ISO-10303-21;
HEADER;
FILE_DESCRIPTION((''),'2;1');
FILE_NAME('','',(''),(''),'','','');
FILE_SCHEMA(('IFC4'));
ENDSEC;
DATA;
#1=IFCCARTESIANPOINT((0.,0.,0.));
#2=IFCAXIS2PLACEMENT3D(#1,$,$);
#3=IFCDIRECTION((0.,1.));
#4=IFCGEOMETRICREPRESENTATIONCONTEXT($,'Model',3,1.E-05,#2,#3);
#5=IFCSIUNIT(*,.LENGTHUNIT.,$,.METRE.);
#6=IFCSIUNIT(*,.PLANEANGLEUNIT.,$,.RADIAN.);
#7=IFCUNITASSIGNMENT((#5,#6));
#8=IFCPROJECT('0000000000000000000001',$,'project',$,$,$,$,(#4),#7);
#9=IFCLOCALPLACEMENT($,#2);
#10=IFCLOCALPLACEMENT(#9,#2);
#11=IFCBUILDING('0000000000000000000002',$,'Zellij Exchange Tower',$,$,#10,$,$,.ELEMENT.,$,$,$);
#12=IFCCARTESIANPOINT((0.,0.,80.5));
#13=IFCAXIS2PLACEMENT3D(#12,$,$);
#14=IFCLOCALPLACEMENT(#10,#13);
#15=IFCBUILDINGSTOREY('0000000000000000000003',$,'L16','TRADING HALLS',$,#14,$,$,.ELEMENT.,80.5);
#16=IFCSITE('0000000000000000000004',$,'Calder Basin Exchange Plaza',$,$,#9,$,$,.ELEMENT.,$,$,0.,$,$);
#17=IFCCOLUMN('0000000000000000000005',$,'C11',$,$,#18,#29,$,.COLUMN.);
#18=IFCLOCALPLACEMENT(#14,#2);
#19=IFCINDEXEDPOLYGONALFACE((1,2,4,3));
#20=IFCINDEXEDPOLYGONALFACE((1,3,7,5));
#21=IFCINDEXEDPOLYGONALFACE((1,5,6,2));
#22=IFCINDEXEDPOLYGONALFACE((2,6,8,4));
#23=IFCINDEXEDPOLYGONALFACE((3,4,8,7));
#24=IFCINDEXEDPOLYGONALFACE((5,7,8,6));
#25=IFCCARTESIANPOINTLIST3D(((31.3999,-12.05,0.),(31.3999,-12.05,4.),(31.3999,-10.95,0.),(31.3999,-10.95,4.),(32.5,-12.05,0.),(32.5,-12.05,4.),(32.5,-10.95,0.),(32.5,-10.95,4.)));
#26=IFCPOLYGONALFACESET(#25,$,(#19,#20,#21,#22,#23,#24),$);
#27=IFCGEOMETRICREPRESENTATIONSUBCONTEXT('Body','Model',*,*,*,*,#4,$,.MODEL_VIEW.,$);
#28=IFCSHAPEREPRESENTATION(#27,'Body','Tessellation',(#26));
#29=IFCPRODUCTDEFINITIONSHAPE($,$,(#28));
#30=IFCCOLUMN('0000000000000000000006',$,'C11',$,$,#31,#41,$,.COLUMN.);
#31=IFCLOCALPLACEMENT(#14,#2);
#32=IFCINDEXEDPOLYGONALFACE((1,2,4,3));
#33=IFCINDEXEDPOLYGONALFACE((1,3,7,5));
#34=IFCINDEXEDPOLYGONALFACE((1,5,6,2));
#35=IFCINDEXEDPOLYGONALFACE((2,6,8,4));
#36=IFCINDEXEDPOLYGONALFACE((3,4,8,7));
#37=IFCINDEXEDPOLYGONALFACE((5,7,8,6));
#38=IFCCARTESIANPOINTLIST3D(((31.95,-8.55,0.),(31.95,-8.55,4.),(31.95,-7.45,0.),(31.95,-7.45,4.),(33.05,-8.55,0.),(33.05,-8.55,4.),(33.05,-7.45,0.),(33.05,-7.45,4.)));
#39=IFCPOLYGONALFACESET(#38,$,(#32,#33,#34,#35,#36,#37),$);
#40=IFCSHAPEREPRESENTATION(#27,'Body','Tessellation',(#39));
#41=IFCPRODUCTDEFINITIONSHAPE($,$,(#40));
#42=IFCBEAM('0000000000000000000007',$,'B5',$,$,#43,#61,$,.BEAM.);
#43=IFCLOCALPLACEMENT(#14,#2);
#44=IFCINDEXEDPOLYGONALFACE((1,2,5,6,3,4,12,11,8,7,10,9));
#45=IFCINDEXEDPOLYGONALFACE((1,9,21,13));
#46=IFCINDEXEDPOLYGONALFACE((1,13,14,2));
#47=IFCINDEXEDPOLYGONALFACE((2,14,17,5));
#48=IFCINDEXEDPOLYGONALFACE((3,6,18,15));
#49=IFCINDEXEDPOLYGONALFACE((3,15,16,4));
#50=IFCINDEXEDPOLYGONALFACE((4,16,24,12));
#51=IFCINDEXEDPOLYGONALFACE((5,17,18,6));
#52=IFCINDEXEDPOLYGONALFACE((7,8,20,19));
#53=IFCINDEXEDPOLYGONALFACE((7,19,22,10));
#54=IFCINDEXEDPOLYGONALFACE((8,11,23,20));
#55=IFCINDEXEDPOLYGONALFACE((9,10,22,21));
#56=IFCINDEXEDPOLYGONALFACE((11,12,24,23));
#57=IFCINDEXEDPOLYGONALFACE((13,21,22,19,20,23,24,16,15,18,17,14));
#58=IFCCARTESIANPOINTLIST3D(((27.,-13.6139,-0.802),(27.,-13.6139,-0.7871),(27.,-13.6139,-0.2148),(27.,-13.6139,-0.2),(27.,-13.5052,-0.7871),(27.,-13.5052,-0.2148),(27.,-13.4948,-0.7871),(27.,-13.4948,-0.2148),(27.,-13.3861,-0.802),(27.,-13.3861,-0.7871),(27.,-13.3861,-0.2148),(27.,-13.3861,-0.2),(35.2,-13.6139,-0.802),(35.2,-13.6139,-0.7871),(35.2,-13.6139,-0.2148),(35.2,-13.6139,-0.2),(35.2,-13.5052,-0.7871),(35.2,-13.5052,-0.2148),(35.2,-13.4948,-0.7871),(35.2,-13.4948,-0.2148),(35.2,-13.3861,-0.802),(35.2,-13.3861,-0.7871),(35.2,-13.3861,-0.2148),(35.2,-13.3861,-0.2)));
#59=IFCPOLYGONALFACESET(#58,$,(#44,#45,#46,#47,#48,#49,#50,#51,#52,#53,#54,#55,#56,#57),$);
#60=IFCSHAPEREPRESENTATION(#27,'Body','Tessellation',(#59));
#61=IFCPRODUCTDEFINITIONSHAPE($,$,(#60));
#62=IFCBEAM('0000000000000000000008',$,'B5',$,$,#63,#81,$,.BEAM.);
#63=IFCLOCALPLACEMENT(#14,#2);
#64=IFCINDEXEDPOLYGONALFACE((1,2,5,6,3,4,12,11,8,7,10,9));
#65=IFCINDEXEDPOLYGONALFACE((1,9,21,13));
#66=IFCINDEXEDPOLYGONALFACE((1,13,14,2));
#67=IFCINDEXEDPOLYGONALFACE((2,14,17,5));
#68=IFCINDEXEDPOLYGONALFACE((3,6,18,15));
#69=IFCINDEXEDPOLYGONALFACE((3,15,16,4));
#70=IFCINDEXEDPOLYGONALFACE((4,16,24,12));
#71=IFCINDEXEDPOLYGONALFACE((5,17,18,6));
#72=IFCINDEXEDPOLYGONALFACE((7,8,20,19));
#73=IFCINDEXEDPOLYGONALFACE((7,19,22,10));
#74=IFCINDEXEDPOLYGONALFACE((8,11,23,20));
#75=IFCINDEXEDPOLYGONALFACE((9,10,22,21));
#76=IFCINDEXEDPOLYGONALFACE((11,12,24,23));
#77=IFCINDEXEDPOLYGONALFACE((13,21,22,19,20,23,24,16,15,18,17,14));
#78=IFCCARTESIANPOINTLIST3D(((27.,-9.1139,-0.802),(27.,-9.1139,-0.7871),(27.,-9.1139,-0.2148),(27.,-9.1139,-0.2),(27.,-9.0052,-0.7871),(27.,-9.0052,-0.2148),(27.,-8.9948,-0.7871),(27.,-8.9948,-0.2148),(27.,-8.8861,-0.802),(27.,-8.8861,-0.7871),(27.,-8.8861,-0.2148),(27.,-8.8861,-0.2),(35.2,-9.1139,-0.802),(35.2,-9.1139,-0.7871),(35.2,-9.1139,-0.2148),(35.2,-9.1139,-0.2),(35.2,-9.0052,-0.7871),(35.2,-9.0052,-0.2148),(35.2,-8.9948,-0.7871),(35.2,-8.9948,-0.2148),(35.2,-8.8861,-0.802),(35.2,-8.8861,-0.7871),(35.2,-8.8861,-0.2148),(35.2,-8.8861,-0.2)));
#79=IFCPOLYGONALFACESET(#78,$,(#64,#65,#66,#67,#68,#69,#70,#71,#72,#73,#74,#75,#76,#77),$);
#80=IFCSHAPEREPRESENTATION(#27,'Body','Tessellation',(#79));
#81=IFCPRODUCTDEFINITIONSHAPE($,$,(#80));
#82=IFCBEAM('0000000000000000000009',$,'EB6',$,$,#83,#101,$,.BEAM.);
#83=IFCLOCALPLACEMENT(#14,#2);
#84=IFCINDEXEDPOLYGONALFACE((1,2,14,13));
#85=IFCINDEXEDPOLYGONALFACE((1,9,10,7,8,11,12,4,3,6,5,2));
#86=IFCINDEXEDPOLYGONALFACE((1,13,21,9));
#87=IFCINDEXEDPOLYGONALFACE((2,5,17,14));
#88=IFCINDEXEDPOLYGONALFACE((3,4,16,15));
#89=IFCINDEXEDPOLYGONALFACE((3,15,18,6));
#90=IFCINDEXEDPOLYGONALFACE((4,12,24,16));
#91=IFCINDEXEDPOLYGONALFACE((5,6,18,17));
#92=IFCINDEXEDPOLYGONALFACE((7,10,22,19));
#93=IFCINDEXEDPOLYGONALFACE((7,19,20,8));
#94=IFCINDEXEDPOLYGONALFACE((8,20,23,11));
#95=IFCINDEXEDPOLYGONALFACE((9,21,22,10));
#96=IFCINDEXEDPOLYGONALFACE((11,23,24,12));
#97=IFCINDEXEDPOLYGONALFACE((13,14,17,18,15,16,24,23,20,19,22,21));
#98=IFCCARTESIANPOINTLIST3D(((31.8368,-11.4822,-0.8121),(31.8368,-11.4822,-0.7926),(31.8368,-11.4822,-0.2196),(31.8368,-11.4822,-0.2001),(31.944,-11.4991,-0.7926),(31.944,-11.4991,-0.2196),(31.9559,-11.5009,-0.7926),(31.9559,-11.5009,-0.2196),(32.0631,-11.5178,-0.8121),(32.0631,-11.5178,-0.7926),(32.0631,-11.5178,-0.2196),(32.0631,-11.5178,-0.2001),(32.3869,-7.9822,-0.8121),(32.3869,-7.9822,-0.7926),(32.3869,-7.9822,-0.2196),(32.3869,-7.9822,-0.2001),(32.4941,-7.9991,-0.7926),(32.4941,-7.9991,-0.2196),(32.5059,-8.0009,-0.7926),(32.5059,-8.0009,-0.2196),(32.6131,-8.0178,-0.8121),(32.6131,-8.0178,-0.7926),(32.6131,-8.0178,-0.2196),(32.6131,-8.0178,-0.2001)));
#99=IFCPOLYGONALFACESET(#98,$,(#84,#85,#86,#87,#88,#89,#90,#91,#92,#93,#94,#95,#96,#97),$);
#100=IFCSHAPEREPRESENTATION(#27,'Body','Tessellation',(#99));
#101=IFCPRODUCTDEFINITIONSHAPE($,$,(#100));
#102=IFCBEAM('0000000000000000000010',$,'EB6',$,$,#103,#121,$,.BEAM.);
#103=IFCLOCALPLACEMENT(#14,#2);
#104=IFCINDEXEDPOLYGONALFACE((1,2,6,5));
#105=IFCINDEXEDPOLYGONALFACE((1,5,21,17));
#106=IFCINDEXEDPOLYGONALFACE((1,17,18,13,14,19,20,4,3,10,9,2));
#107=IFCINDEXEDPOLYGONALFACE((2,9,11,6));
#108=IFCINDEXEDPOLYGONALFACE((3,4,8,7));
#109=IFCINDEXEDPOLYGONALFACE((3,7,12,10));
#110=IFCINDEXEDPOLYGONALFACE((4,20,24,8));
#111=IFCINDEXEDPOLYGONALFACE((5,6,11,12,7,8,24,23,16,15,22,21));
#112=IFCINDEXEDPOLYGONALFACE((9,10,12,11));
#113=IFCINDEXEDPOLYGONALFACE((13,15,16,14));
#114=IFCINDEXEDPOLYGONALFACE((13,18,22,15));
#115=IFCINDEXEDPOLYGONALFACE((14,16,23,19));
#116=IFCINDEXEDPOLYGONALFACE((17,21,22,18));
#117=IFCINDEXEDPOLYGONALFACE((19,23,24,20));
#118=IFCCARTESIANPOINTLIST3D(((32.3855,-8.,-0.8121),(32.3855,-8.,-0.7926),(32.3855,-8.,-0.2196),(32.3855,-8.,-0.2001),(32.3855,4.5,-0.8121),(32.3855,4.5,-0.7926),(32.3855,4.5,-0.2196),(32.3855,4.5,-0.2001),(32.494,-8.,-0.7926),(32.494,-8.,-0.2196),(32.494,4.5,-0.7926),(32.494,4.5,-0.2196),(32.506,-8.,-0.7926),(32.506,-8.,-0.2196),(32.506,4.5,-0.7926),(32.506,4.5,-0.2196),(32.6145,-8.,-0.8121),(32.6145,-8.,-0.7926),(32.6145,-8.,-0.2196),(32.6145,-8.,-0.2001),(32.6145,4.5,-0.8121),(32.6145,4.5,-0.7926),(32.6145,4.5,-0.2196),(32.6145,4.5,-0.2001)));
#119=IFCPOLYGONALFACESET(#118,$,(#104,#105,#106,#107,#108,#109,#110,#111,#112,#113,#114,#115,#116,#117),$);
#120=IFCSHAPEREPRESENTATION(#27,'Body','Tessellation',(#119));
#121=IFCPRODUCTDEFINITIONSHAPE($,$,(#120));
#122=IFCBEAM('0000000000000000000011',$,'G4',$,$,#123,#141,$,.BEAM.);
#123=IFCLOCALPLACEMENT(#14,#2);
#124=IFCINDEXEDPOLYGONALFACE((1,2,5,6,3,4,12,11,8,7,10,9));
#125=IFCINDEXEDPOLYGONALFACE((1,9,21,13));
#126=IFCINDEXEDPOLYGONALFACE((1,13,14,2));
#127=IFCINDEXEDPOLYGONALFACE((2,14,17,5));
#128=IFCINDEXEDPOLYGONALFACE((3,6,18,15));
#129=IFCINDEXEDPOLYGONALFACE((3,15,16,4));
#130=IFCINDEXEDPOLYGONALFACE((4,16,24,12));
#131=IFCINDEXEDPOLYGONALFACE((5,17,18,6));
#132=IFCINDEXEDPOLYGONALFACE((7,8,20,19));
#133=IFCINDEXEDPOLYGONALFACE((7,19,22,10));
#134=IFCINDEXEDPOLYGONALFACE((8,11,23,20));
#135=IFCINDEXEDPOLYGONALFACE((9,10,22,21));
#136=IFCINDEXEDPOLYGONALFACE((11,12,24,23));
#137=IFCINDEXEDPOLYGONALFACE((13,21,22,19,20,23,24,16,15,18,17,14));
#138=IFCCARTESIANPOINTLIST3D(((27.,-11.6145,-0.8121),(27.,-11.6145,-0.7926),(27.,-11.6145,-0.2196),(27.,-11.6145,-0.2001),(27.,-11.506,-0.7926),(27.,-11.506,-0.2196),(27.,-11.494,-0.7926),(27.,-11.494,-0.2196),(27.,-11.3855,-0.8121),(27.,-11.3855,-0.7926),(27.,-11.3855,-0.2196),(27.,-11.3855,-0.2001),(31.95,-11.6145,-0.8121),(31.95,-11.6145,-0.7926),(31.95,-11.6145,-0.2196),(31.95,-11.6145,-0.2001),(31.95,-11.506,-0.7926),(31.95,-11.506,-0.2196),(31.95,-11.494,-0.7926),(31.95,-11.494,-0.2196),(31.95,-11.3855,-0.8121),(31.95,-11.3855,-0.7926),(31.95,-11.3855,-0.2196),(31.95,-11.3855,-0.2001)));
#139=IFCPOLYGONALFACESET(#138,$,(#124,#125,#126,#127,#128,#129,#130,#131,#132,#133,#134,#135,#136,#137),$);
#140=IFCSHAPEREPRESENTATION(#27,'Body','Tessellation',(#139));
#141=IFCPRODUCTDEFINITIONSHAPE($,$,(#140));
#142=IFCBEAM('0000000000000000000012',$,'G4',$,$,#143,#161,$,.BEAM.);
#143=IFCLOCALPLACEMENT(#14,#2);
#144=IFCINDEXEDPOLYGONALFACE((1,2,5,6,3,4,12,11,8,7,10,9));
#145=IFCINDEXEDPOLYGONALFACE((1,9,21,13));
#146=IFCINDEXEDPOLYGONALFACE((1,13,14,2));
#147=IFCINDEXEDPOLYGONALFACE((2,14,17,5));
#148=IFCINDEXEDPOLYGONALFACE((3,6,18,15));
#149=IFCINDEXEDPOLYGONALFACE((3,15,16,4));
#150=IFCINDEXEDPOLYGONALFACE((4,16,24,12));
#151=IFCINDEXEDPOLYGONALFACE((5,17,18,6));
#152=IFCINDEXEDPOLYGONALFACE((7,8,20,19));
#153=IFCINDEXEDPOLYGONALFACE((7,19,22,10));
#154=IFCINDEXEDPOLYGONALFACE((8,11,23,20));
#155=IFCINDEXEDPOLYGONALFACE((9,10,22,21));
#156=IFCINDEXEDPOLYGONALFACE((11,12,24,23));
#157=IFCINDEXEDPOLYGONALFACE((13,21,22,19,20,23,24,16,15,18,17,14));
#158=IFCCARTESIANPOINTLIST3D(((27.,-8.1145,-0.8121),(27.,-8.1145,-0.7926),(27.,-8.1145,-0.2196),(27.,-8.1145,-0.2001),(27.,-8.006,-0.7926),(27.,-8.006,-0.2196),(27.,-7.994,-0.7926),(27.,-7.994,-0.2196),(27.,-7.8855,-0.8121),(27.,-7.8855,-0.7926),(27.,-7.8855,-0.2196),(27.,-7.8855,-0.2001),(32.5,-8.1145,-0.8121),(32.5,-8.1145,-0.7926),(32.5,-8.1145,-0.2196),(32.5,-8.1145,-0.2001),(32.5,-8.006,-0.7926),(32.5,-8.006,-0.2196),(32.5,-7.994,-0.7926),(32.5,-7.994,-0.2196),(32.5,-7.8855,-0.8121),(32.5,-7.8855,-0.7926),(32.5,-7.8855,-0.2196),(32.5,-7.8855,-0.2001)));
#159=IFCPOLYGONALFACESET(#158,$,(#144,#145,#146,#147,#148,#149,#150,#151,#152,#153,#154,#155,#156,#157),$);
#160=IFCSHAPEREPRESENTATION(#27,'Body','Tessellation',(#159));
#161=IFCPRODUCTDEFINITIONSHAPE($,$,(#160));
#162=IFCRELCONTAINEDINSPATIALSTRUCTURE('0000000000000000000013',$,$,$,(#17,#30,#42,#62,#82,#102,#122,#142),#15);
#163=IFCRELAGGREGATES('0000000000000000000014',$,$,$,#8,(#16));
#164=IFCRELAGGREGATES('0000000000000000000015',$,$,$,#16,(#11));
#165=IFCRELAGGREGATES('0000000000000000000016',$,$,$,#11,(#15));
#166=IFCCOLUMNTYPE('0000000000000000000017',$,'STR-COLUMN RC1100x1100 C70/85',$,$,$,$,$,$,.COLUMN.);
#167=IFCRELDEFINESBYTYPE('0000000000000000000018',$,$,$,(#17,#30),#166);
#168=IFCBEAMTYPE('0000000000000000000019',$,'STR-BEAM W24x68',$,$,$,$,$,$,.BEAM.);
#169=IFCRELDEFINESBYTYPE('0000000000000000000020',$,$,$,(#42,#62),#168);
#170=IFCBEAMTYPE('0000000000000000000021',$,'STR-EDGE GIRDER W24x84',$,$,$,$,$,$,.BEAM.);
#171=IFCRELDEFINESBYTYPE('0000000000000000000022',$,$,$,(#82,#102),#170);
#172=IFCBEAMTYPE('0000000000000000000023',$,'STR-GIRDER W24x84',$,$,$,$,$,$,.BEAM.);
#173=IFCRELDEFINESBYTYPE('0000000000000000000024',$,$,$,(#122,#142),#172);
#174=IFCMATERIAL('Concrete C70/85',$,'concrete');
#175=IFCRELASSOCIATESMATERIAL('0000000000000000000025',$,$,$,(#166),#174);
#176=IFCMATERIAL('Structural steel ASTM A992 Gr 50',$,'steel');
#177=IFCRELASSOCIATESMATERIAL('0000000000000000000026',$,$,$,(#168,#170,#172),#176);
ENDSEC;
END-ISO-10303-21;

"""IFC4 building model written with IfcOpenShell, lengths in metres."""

from ifc_helpers import new_model, si_unit, direction, frame, origin, origin_2d, place, context, subcontext, project, spatial, rectangle, i_section, extrude, material, material_profile, profile_set, type_object, element, save


model = new_model("IFC4")

# Units and contexts
model_context = context("Model", 3, precision=1e-05, world=origin(), true_north=direction((0.0, 1.0)))
body_context = subcontext(model_context, "Body", "Model", "MODEL_VIEW")
ifc_project = project(units=[si_unit("LENGTHUNIT", "METRE"), si_unit("PLANEANGLEUNIT", "RADIAN")], contexts=[model_context])

# Site, building, storey
site_placement = place(None, origin())
site = spatial("IfcSite", under=ifc_project, at=site_placement, Name="Calder Basin Exchange Plaza", CompositionType="ELEMENT", RefElevation=0.0)
building_placement = place(site_placement, origin())
building = spatial("IfcBuilding", under=site, at=building_placement, Name="Zellij Exchange Tower", CompositionType="ELEMENT")
storey_placement = place(building_placement, frame((0.0, 0.0, 80.5)))
storey = spatial("IfcBuildingStorey", under=building, at=storey_placement, Name="L16", Description="TRADING HALLS", CompositionType="ELEMENT", Elevation=80.5)

# Columns
ifc_material_1 = material(Name="Concrete C70/85", Category="concrete")
ifc_material_profile_1 = material_profile(ifc_material_1, rectangle(XDim=1.1001, YDim=1.1001, at=origin_2d()), Name="STR-COLUMN RC1100x1100 C70/85")
ifc_profile_set_1 = profile_set([ifc_material_profile_1], Name="Concrete C70/85")
column_type = type_object("IfcColumnType", Name="STR-COLUMN RC1100x1100 C70/85", PredefinedType="COLUMN", material=ifc_profile_set_1)
for number, where, z_axis, x_axis, name in (
    (1, (31.95, -11.5, 0.0), (0.0, 0.0, 1.0), (1.0, 0.0, 0.0), "C11"),
    (2, (32.5, -8.0, 0.0), (0.0, 0.0, 1.0), (1.0, 0.0, 0.0), "C11"),
):
    element("IfcColumn", number, at=place(storey_placement, frame(where, z_axis=z_axis, x_axis=x_axis)), inside=storey, type_object=column_type, Name=name, PredefinedType="COLUMN", context=body_context, shape_type="SweptSolid", body=[
        extrude(rectangle(XDim=1.1001, YDim=1.1001, at=origin_2d()), origin(), (0.0, 0.0, 1.0), 4.0),
    ])

# Beams
ifc_material_2 = material(Name="Structural steel ASTM A992 Gr 50", Category="steel")
ifc_material_profile_2 = material_profile(ifc_material_2, i_section(OverallWidth=0.2278, OverallDepth=0.6021, WebThickness=0.0105, FlangeThickness=0.0149, at=origin_2d()), Name="W24x68")
ifc_profile_set_2 = profile_set([ifc_material_profile_2], Name="Structural steel ASTM A992 Gr 50")
beam_type_1 = type_object("IfcBeamType", Name="STR-BEAM W24x68", PredefinedType="BEAM", material=ifc_profile_set_2)
for number, where, z_axis, x_axis, name in (
    (3, (27.0, -13.5, -0.501), (1.0, 0.0, 0.0), (0.0, 1.0, 0.0), "B5"),
    (4, (27.0, -9.0, -0.501), (1.0, 0.0, 0.0), (0.0, 1.0, 0.0), "B5"),
):
    element("IfcBeam", number, at=place(storey_placement, frame(where, z_axis=z_axis, x_axis=x_axis)), inside=storey, type_object=beam_type_1, Name=name, PredefinedType="BEAM", context=body_context, shape_type="SweptSolid", body=[
        extrude(i_section(OverallWidth=0.2278, OverallDepth=0.6021, WebThickness=0.0105, FlangeThickness=0.0149, at=origin_2d()), origin(), (0.0, 0.0, 1.0), 8.2),
    ])
ifc_material_profile_3 = material_profile(ifc_material_2, i_section(OverallWidth=0.229, OverallDepth=0.6121, WebThickness=0.012, FlangeThickness=0.0195, at=origin_2d()), Name="W24x84")
ifc_profile_set_3 = profile_set([ifc_material_profile_3], Name="Structural steel ASTM A992 Gr 50")
beam_type_2 = type_object("IfcBeamType", Name="STR-EDGE GIRDER W24x84", PredefinedType="BEAM", material=ifc_profile_set_3)
beam_1_placement = place(storey_placement, frame((31.95, -11.5, -0.5061), z_axis=(0.155251, 0.987875, 0.0), x_axis=(-0.987875, 0.155251, 0.0)))
element("IfcBeam", 5, at=beam_1_placement, inside=storey, type_object=beam_type_2, Name="EB6", PredefinedType="BEAM", context=body_context, shape_type="SweptSolid", body=[
    extrude(i_section(OverallWidth=0.229, OverallDepth=0.6121, WebThickness=0.012, FlangeThickness=0.0195, at=origin_2d()), origin(), (0.0, 0.0, 1.0), 3.543),
])
beam_2_placement = place(storey_placement, frame((32.5, -8.0, -0.5061), z_axis=(0.0, 1.0, 0.0), x_axis=(-1.0, 0.0, 0.0)))
element("IfcBeam", 6, at=beam_2_placement, inside=storey, type_object=beam_type_2, Name="EB6", PredefinedType="BEAM", context=body_context, shape_type="SweptSolid", body=[
    extrude(i_section(OverallWidth=0.229, OverallDepth=0.6121, WebThickness=0.012, FlangeThickness=0.0195, at=origin_2d()), origin(), (0.0, 0.0, 1.0), 12.5),
])
ifc_material_profile_4 = material_profile(ifc_material_2, i_section(OverallWidth=0.229, OverallDepth=0.6121, WebThickness=0.012, FlangeThickness=0.0195, at=origin_2d()), Name="W24x84")
ifc_profile_set_4 = profile_set([ifc_material_profile_4], Name="Structural steel ASTM A992 Gr 50")
beam_type_3 = type_object("IfcBeamType", Name="STR-GIRDER W24x84", PredefinedType="BEAM", material=ifc_profile_set_4)
beam_3_placement = place(storey_placement, frame((27.0, -11.5, -0.5061), z_axis=(1.0, 0.0, 0.0), x_axis=(0.0, 1.0, 0.0)))
element("IfcBeam", 7, at=beam_3_placement, inside=storey, type_object=beam_type_3, Name="G4", PredefinedType="BEAM", context=body_context, shape_type="SweptSolid", body=[
    extrude(i_section(OverallWidth=0.229, OverallDepth=0.6121, WebThickness=0.012, FlangeThickness=0.0195, at=origin_2d()), origin(), (0.0, 0.0, 1.0), 4.95),
])
beam_4_placement = place(storey_placement, frame((27.0, -8.0, -0.5061), z_axis=(1.0, 0.0, 0.0), x_axis=(0.0, 1.0, 0.0)))
element("IfcBeam", 8, at=beam_4_placement, inside=storey, type_object=beam_type_3, Name="G4", PredefinedType="BEAM", context=body_context, shape_type="SweptSolid", body=[
    extrude(i_section(OverallWidth=0.229, OverallDepth=0.6121, WebThickness=0.012, FlangeThickness=0.0195, at=origin_2d()), origin(), (0.0, 0.0, 1.0), 5.5),
])

save(model, "model.ifc")
